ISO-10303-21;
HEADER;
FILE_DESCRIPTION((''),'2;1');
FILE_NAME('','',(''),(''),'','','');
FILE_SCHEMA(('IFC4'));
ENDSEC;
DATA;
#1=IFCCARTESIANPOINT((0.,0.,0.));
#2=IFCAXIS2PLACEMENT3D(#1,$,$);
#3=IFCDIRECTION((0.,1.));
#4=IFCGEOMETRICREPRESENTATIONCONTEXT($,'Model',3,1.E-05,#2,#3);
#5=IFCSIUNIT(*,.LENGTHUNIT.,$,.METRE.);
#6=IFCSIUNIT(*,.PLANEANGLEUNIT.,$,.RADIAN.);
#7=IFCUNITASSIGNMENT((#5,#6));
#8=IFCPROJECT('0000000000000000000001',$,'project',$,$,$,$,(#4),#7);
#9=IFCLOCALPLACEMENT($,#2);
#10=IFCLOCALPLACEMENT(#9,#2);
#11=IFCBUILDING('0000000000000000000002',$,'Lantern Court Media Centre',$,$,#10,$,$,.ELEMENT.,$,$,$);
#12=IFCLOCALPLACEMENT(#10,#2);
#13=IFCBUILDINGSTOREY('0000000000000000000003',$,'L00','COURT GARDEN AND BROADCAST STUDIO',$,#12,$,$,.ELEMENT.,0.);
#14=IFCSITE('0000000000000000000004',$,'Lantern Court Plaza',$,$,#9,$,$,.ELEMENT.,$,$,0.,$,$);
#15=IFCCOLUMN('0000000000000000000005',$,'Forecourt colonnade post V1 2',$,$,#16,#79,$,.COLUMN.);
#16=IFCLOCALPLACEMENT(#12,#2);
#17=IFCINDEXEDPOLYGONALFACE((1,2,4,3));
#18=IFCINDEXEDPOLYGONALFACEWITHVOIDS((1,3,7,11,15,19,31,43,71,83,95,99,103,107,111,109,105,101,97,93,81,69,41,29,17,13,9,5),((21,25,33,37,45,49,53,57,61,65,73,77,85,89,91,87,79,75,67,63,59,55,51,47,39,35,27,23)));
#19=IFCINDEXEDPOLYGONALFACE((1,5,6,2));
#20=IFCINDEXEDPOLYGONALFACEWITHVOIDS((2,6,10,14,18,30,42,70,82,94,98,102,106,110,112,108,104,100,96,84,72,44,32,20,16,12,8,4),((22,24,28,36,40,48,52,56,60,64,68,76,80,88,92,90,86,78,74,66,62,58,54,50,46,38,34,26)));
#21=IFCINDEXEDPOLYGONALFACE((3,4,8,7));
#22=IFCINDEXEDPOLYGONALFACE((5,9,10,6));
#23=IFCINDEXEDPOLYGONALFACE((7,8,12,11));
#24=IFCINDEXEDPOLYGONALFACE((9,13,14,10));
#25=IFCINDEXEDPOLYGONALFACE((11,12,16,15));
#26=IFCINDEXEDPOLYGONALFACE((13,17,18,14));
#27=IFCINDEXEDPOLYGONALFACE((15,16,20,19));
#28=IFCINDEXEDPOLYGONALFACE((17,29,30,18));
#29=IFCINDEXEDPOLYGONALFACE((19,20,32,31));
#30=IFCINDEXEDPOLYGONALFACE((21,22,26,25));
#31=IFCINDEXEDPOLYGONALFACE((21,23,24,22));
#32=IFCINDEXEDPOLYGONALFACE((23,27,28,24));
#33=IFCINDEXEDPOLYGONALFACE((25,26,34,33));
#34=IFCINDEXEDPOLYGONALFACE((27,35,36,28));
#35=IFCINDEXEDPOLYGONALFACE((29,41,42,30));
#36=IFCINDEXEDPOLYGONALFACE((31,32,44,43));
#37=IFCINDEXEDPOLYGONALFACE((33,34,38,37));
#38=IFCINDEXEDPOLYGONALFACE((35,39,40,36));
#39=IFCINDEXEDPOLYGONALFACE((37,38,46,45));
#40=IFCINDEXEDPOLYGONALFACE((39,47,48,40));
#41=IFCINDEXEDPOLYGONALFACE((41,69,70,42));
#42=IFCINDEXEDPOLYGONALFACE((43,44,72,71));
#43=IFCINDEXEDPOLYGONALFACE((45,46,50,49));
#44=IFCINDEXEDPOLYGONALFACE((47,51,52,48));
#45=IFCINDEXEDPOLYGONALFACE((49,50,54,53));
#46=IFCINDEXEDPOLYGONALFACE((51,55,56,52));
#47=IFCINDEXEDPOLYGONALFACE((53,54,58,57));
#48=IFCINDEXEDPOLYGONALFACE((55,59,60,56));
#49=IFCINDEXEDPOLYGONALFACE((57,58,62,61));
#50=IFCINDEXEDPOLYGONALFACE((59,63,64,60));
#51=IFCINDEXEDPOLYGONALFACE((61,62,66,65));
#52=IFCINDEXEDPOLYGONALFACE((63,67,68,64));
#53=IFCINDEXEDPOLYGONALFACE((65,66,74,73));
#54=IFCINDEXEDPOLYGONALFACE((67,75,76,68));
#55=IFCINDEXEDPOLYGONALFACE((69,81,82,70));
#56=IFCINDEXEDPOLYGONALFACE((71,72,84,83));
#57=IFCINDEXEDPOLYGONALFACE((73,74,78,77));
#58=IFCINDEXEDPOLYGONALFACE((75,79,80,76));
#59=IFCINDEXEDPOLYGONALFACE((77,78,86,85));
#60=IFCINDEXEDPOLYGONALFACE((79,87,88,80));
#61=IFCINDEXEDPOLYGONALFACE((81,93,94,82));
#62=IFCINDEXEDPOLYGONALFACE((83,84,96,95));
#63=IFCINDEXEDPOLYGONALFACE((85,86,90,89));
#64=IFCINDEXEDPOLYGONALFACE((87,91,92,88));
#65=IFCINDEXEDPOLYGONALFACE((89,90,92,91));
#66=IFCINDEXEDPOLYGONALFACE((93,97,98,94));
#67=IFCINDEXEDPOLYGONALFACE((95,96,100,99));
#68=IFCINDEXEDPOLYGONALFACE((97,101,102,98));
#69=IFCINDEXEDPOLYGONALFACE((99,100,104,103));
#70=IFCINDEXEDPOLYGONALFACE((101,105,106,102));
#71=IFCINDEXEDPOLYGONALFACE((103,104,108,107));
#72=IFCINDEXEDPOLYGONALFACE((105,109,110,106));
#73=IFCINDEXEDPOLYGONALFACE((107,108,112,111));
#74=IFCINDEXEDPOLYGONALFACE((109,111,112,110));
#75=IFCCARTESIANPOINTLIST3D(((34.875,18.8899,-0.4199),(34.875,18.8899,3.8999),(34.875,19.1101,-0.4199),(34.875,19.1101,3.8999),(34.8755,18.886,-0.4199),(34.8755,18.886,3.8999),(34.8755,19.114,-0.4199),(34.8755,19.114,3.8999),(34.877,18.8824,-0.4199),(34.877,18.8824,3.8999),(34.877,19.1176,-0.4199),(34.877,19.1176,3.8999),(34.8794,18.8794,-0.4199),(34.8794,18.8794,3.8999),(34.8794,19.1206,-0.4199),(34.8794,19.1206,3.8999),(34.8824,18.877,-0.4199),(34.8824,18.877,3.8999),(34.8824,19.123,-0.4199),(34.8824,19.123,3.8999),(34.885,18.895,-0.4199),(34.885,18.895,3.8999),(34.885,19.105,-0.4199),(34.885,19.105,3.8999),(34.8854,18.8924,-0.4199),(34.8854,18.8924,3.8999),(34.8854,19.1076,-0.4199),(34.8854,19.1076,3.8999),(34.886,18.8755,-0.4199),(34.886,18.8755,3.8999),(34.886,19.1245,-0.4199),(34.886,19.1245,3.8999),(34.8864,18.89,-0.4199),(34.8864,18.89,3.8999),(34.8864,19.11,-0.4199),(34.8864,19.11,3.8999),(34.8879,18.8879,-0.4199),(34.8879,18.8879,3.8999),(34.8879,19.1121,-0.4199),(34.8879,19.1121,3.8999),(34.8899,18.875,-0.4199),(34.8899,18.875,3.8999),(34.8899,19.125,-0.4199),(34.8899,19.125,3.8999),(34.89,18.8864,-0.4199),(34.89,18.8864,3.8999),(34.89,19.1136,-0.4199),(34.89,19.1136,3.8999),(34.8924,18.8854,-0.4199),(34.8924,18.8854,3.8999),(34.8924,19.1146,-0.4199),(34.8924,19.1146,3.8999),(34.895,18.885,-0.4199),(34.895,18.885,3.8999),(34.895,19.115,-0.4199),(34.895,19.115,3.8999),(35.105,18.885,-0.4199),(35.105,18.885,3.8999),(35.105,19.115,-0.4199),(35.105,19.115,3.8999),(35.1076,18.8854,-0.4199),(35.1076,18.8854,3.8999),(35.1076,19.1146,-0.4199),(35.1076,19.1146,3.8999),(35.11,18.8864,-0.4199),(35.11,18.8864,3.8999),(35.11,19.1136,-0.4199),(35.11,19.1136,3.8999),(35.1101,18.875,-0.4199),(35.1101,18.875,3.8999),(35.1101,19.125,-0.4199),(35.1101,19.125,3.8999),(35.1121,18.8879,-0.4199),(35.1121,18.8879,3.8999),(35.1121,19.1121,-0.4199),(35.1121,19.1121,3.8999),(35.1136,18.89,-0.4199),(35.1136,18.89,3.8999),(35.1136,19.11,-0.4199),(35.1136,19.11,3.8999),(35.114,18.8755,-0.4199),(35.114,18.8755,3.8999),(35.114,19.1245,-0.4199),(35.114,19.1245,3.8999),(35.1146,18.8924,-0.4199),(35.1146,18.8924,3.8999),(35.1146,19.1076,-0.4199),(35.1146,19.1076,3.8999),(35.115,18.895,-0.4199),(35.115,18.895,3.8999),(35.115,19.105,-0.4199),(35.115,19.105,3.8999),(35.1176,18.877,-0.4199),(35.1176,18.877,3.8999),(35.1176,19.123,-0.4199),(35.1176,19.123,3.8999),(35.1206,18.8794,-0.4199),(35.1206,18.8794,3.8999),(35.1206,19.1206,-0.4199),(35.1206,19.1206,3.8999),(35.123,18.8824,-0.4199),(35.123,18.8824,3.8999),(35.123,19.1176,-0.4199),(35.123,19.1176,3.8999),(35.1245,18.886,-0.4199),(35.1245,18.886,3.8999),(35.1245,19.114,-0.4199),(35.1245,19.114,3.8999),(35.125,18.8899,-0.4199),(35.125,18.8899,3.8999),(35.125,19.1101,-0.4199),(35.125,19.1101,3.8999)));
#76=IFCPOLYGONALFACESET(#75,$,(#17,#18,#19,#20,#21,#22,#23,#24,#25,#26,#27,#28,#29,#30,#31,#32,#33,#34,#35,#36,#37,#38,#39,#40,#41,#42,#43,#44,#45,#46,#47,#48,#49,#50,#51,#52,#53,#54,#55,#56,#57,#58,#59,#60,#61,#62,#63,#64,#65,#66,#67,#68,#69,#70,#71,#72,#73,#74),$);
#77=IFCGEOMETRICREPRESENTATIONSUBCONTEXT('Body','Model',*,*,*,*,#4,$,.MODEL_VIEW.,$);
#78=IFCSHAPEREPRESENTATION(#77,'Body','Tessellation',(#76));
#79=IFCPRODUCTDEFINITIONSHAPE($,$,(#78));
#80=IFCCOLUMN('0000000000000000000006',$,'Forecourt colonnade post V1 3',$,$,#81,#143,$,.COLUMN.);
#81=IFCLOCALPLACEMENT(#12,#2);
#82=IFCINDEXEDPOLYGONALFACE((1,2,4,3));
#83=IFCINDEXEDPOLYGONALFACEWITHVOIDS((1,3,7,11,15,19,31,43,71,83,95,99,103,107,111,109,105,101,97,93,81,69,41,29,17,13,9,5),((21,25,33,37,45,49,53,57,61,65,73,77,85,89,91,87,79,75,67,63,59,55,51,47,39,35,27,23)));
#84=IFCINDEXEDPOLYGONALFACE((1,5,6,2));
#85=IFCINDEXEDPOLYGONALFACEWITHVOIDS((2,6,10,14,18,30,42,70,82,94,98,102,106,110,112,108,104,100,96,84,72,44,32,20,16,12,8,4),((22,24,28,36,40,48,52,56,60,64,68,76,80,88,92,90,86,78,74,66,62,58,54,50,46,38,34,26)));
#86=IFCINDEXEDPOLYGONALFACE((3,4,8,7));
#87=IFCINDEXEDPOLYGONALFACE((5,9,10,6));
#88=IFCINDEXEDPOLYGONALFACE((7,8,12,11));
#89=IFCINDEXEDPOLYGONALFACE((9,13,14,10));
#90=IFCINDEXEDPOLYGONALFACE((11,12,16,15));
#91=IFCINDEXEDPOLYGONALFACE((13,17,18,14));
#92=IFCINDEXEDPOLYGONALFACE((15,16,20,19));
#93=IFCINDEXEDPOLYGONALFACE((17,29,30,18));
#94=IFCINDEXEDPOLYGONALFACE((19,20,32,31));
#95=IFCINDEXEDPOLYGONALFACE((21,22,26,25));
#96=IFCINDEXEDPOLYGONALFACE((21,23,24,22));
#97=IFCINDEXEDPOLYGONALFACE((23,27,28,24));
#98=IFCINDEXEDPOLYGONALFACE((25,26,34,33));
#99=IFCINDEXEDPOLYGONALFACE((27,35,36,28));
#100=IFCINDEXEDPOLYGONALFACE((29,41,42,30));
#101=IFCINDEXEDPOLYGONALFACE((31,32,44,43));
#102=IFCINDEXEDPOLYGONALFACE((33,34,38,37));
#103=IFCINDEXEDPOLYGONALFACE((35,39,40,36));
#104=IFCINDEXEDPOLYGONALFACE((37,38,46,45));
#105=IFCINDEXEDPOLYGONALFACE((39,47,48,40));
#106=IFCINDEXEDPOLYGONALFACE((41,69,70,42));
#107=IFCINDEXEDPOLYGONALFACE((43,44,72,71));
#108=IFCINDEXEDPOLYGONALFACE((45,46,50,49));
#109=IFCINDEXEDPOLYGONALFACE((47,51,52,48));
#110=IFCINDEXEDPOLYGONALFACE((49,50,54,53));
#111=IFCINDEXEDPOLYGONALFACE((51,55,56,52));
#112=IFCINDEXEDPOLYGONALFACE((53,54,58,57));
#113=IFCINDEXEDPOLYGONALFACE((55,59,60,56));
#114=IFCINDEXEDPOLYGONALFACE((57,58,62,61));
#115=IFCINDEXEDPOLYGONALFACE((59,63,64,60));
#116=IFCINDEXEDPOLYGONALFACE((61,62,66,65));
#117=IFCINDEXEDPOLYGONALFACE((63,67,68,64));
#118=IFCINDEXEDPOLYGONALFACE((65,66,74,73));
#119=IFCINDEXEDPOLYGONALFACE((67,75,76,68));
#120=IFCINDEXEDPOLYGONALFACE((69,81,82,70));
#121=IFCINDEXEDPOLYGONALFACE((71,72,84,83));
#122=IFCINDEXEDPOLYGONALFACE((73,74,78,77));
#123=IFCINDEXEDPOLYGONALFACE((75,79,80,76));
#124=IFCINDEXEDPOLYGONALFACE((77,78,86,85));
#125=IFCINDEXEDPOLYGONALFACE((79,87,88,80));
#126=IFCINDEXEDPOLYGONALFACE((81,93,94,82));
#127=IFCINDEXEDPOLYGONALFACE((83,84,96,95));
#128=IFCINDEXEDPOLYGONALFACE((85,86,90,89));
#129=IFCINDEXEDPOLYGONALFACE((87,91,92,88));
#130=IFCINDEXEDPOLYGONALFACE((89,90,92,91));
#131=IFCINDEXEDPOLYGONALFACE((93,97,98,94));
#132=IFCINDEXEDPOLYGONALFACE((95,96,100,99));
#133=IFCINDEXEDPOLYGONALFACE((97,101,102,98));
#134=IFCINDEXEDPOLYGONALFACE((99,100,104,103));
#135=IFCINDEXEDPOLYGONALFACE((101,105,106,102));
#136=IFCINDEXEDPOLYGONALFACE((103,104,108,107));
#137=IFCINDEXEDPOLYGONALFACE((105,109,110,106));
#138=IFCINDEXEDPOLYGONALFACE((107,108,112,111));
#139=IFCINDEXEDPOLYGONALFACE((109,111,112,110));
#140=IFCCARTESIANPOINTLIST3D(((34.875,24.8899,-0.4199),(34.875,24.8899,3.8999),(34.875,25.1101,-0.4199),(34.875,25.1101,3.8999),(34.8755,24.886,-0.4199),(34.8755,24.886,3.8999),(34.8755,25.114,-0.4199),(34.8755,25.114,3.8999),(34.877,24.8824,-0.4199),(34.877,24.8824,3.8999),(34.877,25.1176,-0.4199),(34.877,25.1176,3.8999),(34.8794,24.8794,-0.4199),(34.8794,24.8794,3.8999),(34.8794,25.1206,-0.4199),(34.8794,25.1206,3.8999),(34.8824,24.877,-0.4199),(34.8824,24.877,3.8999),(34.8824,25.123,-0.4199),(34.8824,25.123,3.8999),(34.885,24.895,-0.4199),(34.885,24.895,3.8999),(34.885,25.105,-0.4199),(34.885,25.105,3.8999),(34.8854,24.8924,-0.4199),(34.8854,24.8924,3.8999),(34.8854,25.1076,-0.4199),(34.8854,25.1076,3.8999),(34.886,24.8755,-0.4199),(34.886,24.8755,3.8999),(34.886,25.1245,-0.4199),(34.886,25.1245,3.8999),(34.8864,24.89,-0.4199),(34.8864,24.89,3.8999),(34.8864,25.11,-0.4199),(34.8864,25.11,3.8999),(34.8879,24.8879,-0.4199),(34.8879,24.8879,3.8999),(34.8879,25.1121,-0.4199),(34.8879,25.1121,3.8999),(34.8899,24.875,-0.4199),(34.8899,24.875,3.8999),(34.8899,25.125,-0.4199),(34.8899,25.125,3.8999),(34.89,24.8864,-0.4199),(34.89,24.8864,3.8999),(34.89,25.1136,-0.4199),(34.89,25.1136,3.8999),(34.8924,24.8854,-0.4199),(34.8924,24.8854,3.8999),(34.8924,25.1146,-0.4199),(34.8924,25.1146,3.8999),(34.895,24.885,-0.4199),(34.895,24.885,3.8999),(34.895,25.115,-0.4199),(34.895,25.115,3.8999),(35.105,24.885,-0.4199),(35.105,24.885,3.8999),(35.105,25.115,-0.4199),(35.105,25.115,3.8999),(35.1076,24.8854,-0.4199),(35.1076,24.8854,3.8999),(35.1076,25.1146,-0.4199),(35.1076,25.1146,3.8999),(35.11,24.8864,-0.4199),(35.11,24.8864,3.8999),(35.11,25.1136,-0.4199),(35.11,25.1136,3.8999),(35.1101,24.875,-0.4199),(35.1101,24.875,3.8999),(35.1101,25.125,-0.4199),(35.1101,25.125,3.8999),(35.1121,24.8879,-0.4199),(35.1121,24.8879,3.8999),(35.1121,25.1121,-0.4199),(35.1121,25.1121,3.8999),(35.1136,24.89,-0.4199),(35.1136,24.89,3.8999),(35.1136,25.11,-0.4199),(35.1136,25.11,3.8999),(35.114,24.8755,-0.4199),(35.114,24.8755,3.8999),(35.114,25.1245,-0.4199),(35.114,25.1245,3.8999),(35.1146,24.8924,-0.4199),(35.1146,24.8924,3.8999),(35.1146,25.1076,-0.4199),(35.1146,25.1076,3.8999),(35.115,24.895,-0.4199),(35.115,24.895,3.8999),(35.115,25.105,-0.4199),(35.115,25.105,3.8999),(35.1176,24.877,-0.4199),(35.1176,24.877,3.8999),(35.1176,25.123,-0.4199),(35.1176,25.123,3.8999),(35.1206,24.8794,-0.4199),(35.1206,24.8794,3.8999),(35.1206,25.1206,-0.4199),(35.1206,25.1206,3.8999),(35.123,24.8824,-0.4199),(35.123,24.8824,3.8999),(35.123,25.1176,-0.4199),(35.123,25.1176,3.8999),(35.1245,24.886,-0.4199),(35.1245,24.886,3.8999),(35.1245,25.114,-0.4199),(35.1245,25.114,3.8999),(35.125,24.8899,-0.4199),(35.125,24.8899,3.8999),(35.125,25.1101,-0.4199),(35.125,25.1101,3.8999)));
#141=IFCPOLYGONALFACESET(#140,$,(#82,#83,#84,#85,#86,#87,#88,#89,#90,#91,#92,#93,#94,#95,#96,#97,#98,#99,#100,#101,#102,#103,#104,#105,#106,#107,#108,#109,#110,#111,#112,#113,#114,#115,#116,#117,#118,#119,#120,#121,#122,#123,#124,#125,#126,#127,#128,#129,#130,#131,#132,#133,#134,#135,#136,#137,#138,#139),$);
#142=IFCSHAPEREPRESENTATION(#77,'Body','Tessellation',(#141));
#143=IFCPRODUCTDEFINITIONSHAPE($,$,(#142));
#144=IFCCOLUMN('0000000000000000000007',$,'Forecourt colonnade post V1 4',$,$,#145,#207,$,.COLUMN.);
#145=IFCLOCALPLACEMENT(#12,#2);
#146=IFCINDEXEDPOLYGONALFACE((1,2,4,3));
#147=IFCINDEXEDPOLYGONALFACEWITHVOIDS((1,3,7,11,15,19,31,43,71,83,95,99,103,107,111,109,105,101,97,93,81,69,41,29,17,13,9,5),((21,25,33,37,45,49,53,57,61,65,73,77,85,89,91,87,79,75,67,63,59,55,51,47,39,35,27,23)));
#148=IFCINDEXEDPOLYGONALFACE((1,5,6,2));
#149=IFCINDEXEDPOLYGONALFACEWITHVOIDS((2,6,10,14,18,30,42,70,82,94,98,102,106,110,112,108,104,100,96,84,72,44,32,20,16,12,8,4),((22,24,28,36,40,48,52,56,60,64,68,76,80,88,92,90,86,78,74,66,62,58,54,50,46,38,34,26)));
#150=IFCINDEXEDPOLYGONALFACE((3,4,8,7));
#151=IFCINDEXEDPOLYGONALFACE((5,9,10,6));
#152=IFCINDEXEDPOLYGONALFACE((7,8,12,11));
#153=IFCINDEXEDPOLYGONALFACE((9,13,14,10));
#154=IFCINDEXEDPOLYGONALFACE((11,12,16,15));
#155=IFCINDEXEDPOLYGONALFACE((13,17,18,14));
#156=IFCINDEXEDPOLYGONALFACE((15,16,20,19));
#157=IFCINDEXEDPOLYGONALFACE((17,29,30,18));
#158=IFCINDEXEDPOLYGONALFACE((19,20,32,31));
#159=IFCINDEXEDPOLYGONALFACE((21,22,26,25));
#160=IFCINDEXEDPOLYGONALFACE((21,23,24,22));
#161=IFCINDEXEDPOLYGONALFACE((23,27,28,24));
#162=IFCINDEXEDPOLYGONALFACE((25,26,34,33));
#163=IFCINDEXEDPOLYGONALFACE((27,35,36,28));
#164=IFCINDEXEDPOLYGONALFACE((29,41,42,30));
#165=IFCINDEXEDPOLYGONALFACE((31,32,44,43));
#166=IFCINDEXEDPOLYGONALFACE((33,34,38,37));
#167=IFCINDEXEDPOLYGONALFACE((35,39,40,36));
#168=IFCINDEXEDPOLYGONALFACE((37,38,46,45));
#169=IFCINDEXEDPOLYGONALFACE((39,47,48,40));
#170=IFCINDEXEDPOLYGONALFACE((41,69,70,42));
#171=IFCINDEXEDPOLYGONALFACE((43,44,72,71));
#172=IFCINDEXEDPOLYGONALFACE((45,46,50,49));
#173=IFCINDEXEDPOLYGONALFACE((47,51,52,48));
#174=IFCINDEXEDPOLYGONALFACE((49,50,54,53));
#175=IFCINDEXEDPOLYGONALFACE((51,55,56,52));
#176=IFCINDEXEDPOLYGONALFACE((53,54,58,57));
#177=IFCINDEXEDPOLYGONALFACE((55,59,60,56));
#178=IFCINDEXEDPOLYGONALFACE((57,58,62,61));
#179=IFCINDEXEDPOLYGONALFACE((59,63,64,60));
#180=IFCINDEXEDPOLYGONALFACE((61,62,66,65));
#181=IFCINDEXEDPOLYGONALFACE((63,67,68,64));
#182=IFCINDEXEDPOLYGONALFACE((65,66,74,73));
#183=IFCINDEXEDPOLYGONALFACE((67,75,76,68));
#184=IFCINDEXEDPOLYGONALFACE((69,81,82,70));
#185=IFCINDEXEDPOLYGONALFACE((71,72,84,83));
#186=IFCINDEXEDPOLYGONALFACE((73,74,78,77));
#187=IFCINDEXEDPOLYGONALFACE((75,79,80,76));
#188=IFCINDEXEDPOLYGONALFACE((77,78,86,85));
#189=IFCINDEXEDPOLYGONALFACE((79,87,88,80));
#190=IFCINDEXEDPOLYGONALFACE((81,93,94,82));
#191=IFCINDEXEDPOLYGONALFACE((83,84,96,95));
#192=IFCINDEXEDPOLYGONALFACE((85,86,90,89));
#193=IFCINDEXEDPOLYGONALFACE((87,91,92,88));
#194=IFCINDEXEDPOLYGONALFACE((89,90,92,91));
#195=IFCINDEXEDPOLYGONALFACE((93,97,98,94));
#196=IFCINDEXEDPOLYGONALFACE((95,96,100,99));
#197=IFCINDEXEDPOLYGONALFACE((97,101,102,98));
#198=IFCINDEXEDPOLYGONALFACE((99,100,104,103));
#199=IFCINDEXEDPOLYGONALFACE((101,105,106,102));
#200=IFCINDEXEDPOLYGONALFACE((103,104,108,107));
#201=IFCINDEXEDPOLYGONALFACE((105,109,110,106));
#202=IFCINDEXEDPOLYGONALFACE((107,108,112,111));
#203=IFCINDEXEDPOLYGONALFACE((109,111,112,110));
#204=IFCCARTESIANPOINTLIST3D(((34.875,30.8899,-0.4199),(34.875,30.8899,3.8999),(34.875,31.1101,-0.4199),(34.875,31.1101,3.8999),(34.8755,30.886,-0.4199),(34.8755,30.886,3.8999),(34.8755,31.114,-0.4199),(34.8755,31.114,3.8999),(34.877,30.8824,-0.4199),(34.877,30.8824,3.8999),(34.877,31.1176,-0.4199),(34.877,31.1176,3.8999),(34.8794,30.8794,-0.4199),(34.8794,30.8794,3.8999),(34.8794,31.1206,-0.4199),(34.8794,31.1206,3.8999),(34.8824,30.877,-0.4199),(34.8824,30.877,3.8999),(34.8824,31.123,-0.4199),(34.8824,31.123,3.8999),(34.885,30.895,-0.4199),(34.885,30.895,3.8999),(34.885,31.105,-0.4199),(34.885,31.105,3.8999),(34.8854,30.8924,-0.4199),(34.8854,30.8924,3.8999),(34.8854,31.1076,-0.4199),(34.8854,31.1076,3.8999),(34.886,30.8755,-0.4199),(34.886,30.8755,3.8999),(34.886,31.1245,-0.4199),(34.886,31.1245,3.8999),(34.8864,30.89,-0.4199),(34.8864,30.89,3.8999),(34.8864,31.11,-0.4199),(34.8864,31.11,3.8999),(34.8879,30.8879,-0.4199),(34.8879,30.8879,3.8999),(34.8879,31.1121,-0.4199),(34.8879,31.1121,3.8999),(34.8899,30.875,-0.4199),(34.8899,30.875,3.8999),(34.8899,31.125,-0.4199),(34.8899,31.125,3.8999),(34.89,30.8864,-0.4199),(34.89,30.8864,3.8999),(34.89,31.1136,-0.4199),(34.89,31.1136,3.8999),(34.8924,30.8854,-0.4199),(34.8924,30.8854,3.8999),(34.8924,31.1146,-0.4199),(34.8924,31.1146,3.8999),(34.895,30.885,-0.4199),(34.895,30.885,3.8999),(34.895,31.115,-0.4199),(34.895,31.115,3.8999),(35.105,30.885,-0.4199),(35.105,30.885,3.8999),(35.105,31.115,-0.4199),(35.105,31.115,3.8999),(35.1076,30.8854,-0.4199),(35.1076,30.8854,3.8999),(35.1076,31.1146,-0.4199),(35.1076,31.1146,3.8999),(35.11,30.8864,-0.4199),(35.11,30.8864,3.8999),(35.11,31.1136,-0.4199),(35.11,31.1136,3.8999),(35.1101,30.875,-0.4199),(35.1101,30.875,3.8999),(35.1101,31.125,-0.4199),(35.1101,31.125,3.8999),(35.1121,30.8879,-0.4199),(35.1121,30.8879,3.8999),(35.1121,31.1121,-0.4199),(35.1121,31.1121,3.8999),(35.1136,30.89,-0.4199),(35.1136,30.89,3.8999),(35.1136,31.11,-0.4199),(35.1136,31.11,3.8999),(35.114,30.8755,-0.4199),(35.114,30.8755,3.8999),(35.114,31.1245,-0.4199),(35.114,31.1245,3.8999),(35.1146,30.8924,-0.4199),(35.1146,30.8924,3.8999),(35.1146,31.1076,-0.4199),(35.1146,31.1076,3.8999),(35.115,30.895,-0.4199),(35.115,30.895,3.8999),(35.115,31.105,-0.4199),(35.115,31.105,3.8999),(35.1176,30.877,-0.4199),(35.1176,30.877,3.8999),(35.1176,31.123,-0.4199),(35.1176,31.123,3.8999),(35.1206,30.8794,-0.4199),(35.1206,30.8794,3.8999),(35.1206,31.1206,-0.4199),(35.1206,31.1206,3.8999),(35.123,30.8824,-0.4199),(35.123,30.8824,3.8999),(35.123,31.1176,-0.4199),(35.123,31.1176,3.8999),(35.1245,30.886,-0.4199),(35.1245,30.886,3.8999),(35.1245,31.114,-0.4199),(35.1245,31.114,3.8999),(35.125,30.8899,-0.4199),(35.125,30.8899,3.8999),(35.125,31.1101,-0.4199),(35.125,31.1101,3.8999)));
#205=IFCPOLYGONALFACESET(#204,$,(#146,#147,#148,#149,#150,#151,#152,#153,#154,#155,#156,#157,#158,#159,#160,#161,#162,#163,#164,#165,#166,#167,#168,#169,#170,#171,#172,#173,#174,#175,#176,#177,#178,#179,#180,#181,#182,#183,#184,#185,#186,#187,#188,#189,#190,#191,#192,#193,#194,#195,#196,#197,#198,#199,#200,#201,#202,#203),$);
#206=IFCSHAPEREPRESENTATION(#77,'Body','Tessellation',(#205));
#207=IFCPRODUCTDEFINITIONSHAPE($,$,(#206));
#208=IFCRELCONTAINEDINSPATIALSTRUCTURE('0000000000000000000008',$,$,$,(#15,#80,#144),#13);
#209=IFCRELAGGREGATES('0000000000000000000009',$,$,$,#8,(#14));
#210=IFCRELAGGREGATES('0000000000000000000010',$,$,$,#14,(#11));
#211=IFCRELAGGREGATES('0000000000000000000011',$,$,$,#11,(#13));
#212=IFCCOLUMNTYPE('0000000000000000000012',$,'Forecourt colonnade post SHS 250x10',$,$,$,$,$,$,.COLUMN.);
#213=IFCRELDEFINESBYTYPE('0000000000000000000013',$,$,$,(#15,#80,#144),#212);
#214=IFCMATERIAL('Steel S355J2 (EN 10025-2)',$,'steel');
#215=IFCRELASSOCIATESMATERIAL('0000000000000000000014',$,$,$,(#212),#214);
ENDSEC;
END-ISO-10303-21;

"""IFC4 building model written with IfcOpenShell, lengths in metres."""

from ifc_helpers import new_model, si_unit, direction, frame, origin, origin_2d, place, context, subcontext, project, spatial, hollow_rectangle, extrude, material, material_profile, profile_set, type_object, element, save


model = new_model("IFC4")

# Units and contexts
model_context = context("Model", 3, precision=1e-05, world=origin(), true_north=direction((0.0, 1.0)))
body_context = subcontext(model_context, "Body", "Model", "MODEL_VIEW")
ifc_project = project(units=[si_unit("LENGTHUNIT", "METRE"), si_unit("PLANEANGLEUNIT", "RADIAN")], contexts=[model_context])

# Site, building, storey
site_placement = place(None, origin())
site = spatial("IfcSite", under=ifc_project, at=site_placement, Name="Lantern Court Plaza", CompositionType="ELEMENT", RefElevation=0.0)
building_placement = place(site_placement, origin())
building = spatial("IfcBuilding", under=site, at=building_placement, Name="Lantern Court Media Centre", CompositionType="ELEMENT")
storey_placement = place(building_placement, origin())
storey = spatial("IfcBuildingStorey", under=building, at=storey_placement, Name="L00", Description="COURT GARDEN AND BROADCAST STUDIO", CompositionType="ELEMENT", Elevation=0.0)

# Columns
ifc_material_1 = material(Name="Steel S355J2 (EN 10025-2)", Category="steel")
ifc_material_profile_1 = material_profile(ifc_material_1, hollow_rectangle(XDim=0.25, YDim=0.25, WallThickness=0.01, InnerFilletRadius=0.01, OuterFilletRadius=0.0149, at=origin_2d()), Name="Forecourt colonnade post SHS 250x10")
ifc_profile_set_1 = profile_set([ifc_material_profile_1], Name="Steel S355J2 (EN 10025-2)")
column_type_1 = type_object("IfcColumnType", Name="Forecourt colonnade post SHS 250x10", PredefinedType="COLUMN", material=ifc_profile_set_1)
for number, where, z_axis, x_axis, name in (
    (1, (35.0, 19.0, -0.4199), (0.0, 0.0, 1.0), (1.0, 0.0, 0.0), "Forecourt colonnade post V1 2"),
    (2, (35.0, 25.0, -0.4199), (0.0, 0.0, 1.0), (1.0, 0.0, 0.0), "Forecourt colonnade post V1 3"),
    (3, (35.0, 31.0, -0.4199), (0.0, 0.0, 1.0), (1.0, 0.0, 0.0), "Forecourt colonnade post V1 4"),
):
    element("IfcColumn", number, at=place(storey_placement, frame(where, z_axis=z_axis, x_axis=x_axis)), inside=storey, type_object=column_type_1, Name=name, PredefinedType="COLUMN", context=body_context, shape_type="SweptSolid", body=[
        extrude(hollow_rectangle(XDim=0.25, YDim=0.25, WallThickness=0.01, InnerFilletRadius=0.01, OuterFilletRadius=0.0149, at=origin_2d()), origin(), (0.0, 0.0, 1.0), 4.3198),
    ])

save(model, "model.ifc")
